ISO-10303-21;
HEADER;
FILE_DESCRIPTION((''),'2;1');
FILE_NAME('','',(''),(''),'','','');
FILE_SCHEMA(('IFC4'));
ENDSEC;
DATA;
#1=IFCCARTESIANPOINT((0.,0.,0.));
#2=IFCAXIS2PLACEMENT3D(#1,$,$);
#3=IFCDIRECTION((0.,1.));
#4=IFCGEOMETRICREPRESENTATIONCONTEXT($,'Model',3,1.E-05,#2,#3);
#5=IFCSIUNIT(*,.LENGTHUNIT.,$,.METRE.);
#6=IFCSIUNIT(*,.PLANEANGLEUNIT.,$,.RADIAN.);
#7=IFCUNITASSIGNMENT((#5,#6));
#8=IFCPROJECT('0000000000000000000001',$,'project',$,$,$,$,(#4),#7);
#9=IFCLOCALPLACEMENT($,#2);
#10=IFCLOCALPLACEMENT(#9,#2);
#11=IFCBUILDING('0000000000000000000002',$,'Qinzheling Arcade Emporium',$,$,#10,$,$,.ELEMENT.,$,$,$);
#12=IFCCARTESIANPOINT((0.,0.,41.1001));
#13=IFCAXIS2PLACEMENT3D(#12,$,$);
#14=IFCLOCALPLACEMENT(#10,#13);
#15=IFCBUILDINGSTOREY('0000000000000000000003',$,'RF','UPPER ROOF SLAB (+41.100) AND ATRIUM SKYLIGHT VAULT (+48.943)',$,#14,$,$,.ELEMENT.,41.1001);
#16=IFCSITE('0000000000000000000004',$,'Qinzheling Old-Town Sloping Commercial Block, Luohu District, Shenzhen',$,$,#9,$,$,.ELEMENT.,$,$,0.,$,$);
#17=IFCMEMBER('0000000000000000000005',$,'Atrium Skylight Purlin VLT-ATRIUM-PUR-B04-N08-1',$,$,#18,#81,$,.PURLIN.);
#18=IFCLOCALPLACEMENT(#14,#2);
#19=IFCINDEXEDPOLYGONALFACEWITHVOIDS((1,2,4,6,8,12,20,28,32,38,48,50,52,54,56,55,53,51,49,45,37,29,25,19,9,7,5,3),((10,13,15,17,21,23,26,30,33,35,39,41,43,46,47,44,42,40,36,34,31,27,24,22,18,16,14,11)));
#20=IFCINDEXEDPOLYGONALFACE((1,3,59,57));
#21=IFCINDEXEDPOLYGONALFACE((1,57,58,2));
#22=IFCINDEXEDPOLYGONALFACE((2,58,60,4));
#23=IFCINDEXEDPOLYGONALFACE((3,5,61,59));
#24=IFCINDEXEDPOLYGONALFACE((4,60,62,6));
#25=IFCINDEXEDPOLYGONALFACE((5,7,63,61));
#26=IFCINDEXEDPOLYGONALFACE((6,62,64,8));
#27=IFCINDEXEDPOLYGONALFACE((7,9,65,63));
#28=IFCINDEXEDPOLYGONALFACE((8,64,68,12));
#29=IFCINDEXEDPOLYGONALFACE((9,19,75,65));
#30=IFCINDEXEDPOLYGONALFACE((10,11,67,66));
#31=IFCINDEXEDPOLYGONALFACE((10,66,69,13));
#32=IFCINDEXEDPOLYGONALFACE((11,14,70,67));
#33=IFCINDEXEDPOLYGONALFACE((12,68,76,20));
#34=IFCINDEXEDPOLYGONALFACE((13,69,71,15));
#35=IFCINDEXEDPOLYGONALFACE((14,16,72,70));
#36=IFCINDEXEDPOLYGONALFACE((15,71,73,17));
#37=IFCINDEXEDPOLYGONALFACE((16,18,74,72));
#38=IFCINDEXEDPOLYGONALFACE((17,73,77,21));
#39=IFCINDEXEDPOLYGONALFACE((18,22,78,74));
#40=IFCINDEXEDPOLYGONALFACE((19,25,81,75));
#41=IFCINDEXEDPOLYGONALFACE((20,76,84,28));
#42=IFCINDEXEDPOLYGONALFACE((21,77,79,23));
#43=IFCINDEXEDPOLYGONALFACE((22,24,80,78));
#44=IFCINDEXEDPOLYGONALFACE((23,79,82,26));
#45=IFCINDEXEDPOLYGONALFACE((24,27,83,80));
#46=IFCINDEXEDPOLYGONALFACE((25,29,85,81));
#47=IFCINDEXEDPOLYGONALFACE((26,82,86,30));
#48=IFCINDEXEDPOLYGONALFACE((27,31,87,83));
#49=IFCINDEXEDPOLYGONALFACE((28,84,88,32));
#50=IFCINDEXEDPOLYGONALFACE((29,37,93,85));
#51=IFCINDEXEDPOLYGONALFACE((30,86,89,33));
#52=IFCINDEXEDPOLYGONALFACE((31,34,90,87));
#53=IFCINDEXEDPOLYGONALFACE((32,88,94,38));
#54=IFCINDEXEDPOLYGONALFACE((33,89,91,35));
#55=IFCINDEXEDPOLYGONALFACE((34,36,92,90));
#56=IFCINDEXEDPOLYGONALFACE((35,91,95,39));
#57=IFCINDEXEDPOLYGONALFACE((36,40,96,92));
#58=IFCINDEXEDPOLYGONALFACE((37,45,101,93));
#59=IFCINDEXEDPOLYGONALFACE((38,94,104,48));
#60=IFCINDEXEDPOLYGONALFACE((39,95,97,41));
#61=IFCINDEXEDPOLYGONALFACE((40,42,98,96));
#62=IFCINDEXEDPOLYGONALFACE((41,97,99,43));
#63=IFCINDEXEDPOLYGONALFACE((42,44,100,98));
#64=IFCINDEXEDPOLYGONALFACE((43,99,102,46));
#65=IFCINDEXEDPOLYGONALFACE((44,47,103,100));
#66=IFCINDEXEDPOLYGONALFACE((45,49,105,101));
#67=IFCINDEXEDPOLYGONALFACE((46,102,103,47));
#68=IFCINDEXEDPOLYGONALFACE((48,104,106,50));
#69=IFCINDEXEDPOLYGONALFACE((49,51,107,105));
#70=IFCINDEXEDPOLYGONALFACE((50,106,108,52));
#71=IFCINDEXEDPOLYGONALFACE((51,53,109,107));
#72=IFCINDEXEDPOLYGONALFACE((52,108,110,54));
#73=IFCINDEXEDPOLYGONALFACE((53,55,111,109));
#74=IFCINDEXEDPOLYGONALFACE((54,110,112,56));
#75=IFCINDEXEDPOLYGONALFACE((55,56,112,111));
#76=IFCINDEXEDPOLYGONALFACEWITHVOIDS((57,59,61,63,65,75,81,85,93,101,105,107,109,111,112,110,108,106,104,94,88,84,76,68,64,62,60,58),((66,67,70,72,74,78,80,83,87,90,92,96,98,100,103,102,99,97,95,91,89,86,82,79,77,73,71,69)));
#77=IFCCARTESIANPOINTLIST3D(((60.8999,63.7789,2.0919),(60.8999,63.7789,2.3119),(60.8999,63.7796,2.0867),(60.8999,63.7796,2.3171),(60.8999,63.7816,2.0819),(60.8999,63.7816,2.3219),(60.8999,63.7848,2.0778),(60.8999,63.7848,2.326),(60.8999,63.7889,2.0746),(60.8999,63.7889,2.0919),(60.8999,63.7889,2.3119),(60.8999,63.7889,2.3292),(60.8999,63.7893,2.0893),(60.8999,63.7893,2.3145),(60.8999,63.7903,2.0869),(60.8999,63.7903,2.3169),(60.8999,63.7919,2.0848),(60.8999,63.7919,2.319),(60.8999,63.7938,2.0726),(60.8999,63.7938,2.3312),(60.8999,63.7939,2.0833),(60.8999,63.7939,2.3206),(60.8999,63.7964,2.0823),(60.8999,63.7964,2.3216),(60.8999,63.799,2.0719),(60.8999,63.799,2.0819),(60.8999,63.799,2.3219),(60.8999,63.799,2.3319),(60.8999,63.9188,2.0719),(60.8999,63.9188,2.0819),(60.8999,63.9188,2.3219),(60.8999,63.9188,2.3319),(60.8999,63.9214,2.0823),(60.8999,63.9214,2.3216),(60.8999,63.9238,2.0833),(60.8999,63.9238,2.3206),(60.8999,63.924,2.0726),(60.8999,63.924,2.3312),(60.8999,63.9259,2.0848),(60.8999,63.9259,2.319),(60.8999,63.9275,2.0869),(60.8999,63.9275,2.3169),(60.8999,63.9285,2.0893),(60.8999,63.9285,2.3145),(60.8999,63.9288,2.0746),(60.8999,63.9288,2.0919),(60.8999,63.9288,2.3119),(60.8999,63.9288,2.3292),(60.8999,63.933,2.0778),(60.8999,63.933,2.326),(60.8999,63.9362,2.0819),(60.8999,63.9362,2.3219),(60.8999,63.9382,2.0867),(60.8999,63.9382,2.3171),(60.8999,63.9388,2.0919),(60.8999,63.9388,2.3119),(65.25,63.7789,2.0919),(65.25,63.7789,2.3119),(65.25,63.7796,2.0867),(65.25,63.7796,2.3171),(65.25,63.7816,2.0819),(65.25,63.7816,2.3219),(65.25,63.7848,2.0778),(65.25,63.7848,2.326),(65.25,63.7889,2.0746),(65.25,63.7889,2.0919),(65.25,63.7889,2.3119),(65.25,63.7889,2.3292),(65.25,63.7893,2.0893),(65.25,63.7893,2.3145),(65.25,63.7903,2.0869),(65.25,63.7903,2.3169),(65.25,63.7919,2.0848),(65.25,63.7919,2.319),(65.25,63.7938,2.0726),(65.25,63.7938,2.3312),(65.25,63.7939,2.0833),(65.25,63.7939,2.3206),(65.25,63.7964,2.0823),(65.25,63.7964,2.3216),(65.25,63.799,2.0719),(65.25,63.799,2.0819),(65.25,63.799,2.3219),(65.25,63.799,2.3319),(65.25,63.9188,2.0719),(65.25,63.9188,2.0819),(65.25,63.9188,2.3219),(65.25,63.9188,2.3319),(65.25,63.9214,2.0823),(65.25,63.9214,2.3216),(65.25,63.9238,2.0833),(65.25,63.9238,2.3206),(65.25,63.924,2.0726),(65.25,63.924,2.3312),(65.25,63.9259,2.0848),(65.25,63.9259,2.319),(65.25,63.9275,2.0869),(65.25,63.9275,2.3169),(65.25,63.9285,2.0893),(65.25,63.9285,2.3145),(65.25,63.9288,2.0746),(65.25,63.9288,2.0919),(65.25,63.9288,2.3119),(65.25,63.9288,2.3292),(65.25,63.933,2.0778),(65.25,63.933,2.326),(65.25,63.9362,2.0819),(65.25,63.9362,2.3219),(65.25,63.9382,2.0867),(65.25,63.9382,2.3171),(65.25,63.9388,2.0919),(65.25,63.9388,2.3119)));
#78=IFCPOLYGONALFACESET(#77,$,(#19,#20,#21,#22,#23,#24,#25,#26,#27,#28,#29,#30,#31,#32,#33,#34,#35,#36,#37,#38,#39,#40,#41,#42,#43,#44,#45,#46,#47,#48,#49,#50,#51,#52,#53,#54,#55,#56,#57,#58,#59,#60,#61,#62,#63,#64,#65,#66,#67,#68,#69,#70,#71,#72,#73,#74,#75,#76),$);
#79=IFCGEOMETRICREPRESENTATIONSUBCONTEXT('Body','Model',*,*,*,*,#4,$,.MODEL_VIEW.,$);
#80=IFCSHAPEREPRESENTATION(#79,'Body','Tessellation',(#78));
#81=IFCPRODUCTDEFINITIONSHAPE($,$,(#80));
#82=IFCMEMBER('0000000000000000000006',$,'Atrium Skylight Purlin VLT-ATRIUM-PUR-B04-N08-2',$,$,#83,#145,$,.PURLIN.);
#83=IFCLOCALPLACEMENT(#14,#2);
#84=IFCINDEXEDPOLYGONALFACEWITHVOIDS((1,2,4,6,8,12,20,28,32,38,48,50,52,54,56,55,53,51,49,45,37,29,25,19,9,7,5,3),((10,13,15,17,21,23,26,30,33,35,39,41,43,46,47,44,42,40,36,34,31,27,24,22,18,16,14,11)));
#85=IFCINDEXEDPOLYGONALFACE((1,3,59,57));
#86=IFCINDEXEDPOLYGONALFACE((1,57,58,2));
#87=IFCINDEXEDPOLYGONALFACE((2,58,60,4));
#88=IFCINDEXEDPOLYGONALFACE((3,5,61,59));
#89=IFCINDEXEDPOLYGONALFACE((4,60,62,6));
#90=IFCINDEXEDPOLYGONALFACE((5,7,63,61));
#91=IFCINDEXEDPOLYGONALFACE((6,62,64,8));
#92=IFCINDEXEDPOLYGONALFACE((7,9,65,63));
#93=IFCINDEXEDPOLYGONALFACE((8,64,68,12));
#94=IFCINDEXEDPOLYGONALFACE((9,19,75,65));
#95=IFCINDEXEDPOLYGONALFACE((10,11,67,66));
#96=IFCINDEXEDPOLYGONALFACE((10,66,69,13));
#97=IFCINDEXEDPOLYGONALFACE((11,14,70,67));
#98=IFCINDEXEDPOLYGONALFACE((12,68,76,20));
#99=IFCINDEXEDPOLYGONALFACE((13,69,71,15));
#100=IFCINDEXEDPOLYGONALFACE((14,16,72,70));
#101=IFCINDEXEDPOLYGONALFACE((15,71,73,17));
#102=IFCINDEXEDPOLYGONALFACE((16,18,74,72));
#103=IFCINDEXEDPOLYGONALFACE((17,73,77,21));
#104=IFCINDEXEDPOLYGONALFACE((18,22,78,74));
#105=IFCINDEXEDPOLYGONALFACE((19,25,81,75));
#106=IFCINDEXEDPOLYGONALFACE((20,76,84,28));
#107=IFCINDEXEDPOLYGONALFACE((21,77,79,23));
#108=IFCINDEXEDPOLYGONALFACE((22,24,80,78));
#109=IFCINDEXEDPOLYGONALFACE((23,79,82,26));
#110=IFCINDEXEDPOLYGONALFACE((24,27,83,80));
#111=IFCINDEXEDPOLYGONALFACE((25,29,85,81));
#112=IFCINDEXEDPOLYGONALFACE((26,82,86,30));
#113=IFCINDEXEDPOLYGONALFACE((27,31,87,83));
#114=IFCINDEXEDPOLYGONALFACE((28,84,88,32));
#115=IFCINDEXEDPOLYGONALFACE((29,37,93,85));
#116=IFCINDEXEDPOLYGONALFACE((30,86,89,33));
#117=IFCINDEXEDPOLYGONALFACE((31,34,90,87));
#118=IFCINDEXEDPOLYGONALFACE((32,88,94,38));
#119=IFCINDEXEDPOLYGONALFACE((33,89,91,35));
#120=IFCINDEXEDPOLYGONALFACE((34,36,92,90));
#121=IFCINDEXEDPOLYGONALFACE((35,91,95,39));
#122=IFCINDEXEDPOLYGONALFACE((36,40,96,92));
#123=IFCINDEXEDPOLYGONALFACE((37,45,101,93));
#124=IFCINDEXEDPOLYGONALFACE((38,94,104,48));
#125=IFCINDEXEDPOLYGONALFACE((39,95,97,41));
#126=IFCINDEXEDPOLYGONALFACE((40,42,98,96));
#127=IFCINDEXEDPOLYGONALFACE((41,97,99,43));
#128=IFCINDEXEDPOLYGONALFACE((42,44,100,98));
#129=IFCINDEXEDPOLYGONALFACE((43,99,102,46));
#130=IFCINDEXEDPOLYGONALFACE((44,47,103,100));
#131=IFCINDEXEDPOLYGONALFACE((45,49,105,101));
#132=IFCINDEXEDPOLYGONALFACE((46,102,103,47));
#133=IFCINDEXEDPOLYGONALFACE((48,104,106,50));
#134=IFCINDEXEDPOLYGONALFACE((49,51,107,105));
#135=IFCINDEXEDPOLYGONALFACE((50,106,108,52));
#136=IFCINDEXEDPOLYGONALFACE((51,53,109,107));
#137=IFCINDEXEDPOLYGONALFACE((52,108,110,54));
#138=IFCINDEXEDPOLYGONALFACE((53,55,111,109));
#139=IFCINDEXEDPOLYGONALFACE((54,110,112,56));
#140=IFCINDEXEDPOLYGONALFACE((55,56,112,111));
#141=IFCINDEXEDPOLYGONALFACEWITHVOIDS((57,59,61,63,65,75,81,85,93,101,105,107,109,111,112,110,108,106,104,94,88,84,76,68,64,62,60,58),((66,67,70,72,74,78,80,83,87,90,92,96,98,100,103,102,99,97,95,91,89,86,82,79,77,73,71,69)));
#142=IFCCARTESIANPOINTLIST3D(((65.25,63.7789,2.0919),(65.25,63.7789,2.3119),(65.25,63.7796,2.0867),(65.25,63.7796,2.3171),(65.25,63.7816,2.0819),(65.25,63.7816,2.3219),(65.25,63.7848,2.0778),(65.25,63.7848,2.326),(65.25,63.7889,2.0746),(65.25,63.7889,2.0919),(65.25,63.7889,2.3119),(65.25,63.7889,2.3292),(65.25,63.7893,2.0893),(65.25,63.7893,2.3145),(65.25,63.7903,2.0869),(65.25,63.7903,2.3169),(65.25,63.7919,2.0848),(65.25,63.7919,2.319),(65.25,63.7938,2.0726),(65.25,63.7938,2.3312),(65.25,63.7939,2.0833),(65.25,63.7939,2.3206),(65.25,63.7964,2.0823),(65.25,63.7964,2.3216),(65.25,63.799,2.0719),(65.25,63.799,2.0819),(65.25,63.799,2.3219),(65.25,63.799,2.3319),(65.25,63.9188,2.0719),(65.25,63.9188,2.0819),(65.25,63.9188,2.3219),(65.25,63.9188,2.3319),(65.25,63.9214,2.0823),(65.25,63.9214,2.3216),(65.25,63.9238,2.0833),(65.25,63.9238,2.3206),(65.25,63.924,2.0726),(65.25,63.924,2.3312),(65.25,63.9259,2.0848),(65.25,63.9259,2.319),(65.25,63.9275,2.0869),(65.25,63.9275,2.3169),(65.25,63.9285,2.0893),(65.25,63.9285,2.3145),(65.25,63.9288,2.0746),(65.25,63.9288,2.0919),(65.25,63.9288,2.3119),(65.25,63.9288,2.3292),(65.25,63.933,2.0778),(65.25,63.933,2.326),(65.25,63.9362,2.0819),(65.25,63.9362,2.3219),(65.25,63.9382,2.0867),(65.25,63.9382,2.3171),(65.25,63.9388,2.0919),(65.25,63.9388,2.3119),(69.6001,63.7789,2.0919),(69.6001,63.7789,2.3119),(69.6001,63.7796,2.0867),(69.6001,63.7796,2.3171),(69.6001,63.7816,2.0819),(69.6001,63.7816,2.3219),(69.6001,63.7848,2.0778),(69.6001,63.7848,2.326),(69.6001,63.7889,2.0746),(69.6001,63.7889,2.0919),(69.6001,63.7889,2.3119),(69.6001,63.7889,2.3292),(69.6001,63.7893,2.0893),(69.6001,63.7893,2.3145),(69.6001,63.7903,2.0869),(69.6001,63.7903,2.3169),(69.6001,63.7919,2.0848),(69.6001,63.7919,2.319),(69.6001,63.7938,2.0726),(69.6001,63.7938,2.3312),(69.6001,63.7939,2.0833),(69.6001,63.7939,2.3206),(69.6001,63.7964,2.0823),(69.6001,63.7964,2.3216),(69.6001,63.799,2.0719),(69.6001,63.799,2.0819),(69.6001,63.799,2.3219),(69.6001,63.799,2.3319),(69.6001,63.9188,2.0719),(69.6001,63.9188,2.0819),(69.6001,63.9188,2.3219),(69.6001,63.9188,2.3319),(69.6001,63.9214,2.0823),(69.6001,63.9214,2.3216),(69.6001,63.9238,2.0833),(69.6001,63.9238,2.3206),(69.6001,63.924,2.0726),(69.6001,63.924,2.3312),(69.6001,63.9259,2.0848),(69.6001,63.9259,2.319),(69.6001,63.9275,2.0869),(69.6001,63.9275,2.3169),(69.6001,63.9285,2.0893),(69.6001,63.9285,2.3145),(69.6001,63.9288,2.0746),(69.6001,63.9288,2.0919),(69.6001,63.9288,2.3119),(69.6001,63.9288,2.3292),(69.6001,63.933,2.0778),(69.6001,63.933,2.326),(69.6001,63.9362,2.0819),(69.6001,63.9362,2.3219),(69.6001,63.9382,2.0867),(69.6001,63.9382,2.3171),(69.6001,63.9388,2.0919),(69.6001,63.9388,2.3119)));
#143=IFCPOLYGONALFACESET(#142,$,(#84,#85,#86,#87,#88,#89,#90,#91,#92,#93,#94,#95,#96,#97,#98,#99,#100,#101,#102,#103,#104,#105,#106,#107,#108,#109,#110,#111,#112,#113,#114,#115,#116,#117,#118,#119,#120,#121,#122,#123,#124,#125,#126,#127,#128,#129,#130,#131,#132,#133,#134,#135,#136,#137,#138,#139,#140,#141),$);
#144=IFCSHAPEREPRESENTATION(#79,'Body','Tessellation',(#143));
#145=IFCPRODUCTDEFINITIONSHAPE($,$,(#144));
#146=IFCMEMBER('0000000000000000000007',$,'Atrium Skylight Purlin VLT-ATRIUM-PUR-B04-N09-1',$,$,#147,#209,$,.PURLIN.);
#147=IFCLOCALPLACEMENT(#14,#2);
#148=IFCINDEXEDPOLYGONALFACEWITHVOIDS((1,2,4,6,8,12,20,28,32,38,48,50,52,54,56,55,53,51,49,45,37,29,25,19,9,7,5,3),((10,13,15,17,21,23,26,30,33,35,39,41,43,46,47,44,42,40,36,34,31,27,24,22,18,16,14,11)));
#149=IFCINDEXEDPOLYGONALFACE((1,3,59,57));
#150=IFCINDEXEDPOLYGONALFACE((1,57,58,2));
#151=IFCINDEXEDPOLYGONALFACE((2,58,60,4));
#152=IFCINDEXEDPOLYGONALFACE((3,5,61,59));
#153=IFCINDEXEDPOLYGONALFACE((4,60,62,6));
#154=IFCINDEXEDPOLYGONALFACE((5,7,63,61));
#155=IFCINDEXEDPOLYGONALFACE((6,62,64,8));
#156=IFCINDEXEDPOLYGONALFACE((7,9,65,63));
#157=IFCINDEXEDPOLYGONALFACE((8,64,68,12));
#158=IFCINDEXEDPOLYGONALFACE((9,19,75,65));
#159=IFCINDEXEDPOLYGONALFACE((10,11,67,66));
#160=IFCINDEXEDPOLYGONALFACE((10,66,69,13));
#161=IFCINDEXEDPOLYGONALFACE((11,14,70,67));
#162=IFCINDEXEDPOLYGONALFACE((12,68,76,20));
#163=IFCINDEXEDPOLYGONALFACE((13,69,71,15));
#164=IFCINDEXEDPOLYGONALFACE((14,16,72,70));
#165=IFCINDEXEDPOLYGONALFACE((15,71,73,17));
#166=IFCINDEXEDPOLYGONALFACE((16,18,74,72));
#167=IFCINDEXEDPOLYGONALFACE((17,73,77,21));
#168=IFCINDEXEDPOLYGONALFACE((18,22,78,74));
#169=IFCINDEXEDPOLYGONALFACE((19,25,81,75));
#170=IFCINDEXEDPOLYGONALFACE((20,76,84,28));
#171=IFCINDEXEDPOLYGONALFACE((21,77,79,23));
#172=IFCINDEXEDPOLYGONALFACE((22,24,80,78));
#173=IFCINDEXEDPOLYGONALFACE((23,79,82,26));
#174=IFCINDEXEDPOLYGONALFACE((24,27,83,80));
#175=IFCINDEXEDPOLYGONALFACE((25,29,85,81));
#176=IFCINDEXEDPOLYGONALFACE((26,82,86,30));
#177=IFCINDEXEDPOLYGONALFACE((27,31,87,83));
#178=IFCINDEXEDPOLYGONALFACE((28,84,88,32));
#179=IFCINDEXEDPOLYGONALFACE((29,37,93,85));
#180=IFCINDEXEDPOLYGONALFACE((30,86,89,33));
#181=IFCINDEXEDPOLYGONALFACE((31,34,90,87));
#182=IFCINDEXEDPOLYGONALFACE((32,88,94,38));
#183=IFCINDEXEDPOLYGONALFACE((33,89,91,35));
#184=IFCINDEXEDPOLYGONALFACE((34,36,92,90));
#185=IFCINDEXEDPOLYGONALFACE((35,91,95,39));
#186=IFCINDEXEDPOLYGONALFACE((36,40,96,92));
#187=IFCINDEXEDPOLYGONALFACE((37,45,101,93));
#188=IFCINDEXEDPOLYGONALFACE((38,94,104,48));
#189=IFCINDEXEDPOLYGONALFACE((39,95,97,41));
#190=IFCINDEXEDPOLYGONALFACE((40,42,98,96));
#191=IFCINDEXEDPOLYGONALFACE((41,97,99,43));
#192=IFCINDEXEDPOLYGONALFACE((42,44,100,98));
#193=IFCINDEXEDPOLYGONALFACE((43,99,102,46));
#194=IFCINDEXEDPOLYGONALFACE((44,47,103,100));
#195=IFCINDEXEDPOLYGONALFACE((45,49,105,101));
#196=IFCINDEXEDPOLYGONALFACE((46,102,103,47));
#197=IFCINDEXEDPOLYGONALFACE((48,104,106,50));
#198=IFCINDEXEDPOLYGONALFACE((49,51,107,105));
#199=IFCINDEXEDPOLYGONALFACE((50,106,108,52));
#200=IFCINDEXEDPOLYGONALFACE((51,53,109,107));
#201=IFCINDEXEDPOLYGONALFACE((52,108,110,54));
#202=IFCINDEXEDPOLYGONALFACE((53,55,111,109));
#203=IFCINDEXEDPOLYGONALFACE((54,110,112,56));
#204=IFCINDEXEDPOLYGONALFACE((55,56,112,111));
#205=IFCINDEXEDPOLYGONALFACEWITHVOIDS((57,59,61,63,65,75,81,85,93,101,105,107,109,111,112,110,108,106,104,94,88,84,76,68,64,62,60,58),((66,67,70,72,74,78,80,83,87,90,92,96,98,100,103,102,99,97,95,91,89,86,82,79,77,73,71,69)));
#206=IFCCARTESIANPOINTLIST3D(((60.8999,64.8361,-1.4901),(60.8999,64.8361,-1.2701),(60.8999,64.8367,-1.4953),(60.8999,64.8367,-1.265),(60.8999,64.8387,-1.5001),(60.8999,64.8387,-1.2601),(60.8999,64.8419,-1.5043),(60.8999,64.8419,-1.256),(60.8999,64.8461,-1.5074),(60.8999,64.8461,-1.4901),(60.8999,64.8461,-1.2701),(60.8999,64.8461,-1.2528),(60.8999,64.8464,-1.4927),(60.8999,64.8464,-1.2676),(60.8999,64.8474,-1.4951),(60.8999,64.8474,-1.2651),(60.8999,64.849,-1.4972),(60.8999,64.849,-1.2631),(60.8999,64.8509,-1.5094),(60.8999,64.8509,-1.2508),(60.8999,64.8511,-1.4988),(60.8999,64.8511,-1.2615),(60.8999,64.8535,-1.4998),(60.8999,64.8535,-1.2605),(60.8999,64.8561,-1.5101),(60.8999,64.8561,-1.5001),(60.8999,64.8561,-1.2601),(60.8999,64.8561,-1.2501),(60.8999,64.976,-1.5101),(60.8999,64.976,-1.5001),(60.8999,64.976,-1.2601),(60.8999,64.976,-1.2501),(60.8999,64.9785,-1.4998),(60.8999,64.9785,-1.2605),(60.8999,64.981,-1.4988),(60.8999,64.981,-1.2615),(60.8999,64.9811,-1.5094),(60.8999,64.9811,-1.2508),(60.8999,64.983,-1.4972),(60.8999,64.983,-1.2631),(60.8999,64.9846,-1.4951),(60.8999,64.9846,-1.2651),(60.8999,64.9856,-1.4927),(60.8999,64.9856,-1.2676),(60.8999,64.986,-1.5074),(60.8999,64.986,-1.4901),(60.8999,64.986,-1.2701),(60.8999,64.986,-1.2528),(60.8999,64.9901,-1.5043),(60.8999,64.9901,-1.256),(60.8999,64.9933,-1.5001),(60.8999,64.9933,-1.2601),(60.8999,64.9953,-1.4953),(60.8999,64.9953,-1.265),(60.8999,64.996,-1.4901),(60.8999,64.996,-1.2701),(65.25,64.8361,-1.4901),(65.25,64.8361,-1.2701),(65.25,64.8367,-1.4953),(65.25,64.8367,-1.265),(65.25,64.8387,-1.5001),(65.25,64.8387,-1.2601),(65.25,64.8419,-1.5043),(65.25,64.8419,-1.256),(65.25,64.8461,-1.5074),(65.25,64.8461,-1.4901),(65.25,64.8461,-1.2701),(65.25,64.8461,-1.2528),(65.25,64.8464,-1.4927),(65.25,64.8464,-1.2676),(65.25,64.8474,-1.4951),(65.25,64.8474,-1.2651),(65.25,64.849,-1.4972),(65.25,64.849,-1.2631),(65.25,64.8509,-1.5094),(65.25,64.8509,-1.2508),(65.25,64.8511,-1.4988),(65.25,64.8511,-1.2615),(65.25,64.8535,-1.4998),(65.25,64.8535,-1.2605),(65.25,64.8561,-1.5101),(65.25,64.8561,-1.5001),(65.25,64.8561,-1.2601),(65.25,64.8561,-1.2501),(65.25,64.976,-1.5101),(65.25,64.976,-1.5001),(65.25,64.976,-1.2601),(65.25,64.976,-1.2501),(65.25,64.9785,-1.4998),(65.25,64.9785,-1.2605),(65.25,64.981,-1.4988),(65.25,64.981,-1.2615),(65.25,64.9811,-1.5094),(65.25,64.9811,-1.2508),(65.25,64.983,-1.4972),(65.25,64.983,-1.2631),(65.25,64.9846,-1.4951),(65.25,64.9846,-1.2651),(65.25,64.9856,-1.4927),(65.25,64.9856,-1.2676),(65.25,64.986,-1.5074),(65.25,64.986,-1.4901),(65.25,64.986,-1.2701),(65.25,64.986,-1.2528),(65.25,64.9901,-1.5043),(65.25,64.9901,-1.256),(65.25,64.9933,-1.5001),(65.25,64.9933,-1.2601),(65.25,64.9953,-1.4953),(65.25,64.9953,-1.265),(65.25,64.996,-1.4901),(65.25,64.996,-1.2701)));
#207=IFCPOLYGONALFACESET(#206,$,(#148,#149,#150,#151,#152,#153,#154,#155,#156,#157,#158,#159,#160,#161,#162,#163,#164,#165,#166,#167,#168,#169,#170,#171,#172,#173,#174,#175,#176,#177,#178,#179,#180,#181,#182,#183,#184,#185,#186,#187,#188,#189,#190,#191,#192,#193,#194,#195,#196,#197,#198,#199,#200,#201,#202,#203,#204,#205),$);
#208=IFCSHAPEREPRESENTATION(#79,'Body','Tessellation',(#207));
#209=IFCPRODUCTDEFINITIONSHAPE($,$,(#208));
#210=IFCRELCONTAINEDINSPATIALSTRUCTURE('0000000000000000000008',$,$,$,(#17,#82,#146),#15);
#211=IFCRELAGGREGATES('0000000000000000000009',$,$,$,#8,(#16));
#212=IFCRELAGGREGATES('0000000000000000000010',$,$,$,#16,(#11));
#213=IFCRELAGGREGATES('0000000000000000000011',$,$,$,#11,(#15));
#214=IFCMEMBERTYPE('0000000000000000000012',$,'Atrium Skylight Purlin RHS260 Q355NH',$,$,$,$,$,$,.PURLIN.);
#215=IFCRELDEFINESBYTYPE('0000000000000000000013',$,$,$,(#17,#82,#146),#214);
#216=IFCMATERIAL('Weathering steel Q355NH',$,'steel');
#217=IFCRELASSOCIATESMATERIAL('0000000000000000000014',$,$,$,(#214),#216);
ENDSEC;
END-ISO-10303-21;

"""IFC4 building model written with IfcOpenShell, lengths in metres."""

from ifc_helpers import new_model, si_unit, direction, frame, origin, origin_2d, place, context, subcontext, project, spatial, hollow_rectangle, extrude, material, material_profile, profile_set, type_object, element, save


model = new_model("IFC4")

# Units and contexts
model_context = context("Model", 3, precision=1e-05, world=origin(), true_north=direction((0.0, 1.0)))
body_context = subcontext(model_context, "Body", "Model", "MODEL_VIEW")
ifc_project = project(units=[si_unit("LENGTHUNIT", "METRE"), si_unit("PLANEANGLEUNIT", "RADIAN")], contexts=[model_context])

# Site, building, storey
site_placement = place(None, origin())
site = spatial("IfcSite", under=ifc_project, at=site_placement, Name="Qinzheling Old-Town Sloping Commercial Block, Luohu District, Shenzhen", CompositionType="ELEMENT", RefElevation=0.0)
building_placement = place(site_placement, origin())
building = spatial("IfcBuilding", under=site, at=building_placement, Name="Qinzheling Arcade Emporium", CompositionType="ELEMENT")
storey_placement = place(building_placement, frame((0.0, 0.0, 41.1001)))
storey = spatial("IfcBuildingStorey", under=building, at=storey_placement, Name="RF", Description="UPPER ROOF SLAB (+41.100) AND ATRIUM SKYLIGHT VAULT (+48.943)", CompositionType="ELEMENT", Elevation=41.1001)

# Shared definitions
ifc_material_1 = material(Name="Weathering steel Q355NH", Category="steel")

# Members
ifc_material_profile_1 = material_profile(ifc_material_1, hollow_rectangle(XDim=0.1599, YDim=0.26, WallThickness=0.01, InnerFilletRadius=0.01, OuterFilletRadius=0.02, at=origin_2d()), Name="RHS 260x160x10", Category="steel")
ifc_profile_set_1 = profile_set([ifc_material_profile_1], Name="Weathering steel Q355NH")
member_type_1 = type_object("IfcMemberType", Name="Atrium Skylight Purlin RHS260 Q355NH", PredefinedType="PURLIN", material=ifc_profile_set_1)
for number, where, z_axis, x_axis, name in (
    (1, (60.8999, 63.8589, 2.2019), (1.0, 0.0, 0.0), (0.0, 1.0, 0.0), "Atrium Skylight Purlin VLT-ATRIUM-PUR-B04-N08-1"),
    (2, (65.25, 63.8589, 2.2019), (1.0, 0.0, 0.0), (0.0, 1.0, 0.0), "Atrium Skylight Purlin VLT-ATRIUM-PUR-B04-N08-2"),
    (3, (60.8999, 64.916, -1.3801), (1.0, 0.0, 0.0), (0.0, 1.0, 0.0), "Atrium Skylight Purlin VLT-ATRIUM-PUR-B04-N09-1"),
):
    element("IfcMember", number, at=place(storey_placement, frame(where, z_axis=z_axis, x_axis=x_axis)), inside=storey, type_object=member_type_1, Name=name, PredefinedType="PURLIN", context=body_context, shape_type="SweptSolid", body=[
        extrude(hollow_rectangle(XDim=0.1599, YDim=0.26, WallThickness=0.01, InnerFilletRadius=0.01, OuterFilletRadius=0.02, at=origin_2d()), origin(), (0.0, 0.0, 1.0), 4.3501),
    ])

save(model, "model.ifc")
